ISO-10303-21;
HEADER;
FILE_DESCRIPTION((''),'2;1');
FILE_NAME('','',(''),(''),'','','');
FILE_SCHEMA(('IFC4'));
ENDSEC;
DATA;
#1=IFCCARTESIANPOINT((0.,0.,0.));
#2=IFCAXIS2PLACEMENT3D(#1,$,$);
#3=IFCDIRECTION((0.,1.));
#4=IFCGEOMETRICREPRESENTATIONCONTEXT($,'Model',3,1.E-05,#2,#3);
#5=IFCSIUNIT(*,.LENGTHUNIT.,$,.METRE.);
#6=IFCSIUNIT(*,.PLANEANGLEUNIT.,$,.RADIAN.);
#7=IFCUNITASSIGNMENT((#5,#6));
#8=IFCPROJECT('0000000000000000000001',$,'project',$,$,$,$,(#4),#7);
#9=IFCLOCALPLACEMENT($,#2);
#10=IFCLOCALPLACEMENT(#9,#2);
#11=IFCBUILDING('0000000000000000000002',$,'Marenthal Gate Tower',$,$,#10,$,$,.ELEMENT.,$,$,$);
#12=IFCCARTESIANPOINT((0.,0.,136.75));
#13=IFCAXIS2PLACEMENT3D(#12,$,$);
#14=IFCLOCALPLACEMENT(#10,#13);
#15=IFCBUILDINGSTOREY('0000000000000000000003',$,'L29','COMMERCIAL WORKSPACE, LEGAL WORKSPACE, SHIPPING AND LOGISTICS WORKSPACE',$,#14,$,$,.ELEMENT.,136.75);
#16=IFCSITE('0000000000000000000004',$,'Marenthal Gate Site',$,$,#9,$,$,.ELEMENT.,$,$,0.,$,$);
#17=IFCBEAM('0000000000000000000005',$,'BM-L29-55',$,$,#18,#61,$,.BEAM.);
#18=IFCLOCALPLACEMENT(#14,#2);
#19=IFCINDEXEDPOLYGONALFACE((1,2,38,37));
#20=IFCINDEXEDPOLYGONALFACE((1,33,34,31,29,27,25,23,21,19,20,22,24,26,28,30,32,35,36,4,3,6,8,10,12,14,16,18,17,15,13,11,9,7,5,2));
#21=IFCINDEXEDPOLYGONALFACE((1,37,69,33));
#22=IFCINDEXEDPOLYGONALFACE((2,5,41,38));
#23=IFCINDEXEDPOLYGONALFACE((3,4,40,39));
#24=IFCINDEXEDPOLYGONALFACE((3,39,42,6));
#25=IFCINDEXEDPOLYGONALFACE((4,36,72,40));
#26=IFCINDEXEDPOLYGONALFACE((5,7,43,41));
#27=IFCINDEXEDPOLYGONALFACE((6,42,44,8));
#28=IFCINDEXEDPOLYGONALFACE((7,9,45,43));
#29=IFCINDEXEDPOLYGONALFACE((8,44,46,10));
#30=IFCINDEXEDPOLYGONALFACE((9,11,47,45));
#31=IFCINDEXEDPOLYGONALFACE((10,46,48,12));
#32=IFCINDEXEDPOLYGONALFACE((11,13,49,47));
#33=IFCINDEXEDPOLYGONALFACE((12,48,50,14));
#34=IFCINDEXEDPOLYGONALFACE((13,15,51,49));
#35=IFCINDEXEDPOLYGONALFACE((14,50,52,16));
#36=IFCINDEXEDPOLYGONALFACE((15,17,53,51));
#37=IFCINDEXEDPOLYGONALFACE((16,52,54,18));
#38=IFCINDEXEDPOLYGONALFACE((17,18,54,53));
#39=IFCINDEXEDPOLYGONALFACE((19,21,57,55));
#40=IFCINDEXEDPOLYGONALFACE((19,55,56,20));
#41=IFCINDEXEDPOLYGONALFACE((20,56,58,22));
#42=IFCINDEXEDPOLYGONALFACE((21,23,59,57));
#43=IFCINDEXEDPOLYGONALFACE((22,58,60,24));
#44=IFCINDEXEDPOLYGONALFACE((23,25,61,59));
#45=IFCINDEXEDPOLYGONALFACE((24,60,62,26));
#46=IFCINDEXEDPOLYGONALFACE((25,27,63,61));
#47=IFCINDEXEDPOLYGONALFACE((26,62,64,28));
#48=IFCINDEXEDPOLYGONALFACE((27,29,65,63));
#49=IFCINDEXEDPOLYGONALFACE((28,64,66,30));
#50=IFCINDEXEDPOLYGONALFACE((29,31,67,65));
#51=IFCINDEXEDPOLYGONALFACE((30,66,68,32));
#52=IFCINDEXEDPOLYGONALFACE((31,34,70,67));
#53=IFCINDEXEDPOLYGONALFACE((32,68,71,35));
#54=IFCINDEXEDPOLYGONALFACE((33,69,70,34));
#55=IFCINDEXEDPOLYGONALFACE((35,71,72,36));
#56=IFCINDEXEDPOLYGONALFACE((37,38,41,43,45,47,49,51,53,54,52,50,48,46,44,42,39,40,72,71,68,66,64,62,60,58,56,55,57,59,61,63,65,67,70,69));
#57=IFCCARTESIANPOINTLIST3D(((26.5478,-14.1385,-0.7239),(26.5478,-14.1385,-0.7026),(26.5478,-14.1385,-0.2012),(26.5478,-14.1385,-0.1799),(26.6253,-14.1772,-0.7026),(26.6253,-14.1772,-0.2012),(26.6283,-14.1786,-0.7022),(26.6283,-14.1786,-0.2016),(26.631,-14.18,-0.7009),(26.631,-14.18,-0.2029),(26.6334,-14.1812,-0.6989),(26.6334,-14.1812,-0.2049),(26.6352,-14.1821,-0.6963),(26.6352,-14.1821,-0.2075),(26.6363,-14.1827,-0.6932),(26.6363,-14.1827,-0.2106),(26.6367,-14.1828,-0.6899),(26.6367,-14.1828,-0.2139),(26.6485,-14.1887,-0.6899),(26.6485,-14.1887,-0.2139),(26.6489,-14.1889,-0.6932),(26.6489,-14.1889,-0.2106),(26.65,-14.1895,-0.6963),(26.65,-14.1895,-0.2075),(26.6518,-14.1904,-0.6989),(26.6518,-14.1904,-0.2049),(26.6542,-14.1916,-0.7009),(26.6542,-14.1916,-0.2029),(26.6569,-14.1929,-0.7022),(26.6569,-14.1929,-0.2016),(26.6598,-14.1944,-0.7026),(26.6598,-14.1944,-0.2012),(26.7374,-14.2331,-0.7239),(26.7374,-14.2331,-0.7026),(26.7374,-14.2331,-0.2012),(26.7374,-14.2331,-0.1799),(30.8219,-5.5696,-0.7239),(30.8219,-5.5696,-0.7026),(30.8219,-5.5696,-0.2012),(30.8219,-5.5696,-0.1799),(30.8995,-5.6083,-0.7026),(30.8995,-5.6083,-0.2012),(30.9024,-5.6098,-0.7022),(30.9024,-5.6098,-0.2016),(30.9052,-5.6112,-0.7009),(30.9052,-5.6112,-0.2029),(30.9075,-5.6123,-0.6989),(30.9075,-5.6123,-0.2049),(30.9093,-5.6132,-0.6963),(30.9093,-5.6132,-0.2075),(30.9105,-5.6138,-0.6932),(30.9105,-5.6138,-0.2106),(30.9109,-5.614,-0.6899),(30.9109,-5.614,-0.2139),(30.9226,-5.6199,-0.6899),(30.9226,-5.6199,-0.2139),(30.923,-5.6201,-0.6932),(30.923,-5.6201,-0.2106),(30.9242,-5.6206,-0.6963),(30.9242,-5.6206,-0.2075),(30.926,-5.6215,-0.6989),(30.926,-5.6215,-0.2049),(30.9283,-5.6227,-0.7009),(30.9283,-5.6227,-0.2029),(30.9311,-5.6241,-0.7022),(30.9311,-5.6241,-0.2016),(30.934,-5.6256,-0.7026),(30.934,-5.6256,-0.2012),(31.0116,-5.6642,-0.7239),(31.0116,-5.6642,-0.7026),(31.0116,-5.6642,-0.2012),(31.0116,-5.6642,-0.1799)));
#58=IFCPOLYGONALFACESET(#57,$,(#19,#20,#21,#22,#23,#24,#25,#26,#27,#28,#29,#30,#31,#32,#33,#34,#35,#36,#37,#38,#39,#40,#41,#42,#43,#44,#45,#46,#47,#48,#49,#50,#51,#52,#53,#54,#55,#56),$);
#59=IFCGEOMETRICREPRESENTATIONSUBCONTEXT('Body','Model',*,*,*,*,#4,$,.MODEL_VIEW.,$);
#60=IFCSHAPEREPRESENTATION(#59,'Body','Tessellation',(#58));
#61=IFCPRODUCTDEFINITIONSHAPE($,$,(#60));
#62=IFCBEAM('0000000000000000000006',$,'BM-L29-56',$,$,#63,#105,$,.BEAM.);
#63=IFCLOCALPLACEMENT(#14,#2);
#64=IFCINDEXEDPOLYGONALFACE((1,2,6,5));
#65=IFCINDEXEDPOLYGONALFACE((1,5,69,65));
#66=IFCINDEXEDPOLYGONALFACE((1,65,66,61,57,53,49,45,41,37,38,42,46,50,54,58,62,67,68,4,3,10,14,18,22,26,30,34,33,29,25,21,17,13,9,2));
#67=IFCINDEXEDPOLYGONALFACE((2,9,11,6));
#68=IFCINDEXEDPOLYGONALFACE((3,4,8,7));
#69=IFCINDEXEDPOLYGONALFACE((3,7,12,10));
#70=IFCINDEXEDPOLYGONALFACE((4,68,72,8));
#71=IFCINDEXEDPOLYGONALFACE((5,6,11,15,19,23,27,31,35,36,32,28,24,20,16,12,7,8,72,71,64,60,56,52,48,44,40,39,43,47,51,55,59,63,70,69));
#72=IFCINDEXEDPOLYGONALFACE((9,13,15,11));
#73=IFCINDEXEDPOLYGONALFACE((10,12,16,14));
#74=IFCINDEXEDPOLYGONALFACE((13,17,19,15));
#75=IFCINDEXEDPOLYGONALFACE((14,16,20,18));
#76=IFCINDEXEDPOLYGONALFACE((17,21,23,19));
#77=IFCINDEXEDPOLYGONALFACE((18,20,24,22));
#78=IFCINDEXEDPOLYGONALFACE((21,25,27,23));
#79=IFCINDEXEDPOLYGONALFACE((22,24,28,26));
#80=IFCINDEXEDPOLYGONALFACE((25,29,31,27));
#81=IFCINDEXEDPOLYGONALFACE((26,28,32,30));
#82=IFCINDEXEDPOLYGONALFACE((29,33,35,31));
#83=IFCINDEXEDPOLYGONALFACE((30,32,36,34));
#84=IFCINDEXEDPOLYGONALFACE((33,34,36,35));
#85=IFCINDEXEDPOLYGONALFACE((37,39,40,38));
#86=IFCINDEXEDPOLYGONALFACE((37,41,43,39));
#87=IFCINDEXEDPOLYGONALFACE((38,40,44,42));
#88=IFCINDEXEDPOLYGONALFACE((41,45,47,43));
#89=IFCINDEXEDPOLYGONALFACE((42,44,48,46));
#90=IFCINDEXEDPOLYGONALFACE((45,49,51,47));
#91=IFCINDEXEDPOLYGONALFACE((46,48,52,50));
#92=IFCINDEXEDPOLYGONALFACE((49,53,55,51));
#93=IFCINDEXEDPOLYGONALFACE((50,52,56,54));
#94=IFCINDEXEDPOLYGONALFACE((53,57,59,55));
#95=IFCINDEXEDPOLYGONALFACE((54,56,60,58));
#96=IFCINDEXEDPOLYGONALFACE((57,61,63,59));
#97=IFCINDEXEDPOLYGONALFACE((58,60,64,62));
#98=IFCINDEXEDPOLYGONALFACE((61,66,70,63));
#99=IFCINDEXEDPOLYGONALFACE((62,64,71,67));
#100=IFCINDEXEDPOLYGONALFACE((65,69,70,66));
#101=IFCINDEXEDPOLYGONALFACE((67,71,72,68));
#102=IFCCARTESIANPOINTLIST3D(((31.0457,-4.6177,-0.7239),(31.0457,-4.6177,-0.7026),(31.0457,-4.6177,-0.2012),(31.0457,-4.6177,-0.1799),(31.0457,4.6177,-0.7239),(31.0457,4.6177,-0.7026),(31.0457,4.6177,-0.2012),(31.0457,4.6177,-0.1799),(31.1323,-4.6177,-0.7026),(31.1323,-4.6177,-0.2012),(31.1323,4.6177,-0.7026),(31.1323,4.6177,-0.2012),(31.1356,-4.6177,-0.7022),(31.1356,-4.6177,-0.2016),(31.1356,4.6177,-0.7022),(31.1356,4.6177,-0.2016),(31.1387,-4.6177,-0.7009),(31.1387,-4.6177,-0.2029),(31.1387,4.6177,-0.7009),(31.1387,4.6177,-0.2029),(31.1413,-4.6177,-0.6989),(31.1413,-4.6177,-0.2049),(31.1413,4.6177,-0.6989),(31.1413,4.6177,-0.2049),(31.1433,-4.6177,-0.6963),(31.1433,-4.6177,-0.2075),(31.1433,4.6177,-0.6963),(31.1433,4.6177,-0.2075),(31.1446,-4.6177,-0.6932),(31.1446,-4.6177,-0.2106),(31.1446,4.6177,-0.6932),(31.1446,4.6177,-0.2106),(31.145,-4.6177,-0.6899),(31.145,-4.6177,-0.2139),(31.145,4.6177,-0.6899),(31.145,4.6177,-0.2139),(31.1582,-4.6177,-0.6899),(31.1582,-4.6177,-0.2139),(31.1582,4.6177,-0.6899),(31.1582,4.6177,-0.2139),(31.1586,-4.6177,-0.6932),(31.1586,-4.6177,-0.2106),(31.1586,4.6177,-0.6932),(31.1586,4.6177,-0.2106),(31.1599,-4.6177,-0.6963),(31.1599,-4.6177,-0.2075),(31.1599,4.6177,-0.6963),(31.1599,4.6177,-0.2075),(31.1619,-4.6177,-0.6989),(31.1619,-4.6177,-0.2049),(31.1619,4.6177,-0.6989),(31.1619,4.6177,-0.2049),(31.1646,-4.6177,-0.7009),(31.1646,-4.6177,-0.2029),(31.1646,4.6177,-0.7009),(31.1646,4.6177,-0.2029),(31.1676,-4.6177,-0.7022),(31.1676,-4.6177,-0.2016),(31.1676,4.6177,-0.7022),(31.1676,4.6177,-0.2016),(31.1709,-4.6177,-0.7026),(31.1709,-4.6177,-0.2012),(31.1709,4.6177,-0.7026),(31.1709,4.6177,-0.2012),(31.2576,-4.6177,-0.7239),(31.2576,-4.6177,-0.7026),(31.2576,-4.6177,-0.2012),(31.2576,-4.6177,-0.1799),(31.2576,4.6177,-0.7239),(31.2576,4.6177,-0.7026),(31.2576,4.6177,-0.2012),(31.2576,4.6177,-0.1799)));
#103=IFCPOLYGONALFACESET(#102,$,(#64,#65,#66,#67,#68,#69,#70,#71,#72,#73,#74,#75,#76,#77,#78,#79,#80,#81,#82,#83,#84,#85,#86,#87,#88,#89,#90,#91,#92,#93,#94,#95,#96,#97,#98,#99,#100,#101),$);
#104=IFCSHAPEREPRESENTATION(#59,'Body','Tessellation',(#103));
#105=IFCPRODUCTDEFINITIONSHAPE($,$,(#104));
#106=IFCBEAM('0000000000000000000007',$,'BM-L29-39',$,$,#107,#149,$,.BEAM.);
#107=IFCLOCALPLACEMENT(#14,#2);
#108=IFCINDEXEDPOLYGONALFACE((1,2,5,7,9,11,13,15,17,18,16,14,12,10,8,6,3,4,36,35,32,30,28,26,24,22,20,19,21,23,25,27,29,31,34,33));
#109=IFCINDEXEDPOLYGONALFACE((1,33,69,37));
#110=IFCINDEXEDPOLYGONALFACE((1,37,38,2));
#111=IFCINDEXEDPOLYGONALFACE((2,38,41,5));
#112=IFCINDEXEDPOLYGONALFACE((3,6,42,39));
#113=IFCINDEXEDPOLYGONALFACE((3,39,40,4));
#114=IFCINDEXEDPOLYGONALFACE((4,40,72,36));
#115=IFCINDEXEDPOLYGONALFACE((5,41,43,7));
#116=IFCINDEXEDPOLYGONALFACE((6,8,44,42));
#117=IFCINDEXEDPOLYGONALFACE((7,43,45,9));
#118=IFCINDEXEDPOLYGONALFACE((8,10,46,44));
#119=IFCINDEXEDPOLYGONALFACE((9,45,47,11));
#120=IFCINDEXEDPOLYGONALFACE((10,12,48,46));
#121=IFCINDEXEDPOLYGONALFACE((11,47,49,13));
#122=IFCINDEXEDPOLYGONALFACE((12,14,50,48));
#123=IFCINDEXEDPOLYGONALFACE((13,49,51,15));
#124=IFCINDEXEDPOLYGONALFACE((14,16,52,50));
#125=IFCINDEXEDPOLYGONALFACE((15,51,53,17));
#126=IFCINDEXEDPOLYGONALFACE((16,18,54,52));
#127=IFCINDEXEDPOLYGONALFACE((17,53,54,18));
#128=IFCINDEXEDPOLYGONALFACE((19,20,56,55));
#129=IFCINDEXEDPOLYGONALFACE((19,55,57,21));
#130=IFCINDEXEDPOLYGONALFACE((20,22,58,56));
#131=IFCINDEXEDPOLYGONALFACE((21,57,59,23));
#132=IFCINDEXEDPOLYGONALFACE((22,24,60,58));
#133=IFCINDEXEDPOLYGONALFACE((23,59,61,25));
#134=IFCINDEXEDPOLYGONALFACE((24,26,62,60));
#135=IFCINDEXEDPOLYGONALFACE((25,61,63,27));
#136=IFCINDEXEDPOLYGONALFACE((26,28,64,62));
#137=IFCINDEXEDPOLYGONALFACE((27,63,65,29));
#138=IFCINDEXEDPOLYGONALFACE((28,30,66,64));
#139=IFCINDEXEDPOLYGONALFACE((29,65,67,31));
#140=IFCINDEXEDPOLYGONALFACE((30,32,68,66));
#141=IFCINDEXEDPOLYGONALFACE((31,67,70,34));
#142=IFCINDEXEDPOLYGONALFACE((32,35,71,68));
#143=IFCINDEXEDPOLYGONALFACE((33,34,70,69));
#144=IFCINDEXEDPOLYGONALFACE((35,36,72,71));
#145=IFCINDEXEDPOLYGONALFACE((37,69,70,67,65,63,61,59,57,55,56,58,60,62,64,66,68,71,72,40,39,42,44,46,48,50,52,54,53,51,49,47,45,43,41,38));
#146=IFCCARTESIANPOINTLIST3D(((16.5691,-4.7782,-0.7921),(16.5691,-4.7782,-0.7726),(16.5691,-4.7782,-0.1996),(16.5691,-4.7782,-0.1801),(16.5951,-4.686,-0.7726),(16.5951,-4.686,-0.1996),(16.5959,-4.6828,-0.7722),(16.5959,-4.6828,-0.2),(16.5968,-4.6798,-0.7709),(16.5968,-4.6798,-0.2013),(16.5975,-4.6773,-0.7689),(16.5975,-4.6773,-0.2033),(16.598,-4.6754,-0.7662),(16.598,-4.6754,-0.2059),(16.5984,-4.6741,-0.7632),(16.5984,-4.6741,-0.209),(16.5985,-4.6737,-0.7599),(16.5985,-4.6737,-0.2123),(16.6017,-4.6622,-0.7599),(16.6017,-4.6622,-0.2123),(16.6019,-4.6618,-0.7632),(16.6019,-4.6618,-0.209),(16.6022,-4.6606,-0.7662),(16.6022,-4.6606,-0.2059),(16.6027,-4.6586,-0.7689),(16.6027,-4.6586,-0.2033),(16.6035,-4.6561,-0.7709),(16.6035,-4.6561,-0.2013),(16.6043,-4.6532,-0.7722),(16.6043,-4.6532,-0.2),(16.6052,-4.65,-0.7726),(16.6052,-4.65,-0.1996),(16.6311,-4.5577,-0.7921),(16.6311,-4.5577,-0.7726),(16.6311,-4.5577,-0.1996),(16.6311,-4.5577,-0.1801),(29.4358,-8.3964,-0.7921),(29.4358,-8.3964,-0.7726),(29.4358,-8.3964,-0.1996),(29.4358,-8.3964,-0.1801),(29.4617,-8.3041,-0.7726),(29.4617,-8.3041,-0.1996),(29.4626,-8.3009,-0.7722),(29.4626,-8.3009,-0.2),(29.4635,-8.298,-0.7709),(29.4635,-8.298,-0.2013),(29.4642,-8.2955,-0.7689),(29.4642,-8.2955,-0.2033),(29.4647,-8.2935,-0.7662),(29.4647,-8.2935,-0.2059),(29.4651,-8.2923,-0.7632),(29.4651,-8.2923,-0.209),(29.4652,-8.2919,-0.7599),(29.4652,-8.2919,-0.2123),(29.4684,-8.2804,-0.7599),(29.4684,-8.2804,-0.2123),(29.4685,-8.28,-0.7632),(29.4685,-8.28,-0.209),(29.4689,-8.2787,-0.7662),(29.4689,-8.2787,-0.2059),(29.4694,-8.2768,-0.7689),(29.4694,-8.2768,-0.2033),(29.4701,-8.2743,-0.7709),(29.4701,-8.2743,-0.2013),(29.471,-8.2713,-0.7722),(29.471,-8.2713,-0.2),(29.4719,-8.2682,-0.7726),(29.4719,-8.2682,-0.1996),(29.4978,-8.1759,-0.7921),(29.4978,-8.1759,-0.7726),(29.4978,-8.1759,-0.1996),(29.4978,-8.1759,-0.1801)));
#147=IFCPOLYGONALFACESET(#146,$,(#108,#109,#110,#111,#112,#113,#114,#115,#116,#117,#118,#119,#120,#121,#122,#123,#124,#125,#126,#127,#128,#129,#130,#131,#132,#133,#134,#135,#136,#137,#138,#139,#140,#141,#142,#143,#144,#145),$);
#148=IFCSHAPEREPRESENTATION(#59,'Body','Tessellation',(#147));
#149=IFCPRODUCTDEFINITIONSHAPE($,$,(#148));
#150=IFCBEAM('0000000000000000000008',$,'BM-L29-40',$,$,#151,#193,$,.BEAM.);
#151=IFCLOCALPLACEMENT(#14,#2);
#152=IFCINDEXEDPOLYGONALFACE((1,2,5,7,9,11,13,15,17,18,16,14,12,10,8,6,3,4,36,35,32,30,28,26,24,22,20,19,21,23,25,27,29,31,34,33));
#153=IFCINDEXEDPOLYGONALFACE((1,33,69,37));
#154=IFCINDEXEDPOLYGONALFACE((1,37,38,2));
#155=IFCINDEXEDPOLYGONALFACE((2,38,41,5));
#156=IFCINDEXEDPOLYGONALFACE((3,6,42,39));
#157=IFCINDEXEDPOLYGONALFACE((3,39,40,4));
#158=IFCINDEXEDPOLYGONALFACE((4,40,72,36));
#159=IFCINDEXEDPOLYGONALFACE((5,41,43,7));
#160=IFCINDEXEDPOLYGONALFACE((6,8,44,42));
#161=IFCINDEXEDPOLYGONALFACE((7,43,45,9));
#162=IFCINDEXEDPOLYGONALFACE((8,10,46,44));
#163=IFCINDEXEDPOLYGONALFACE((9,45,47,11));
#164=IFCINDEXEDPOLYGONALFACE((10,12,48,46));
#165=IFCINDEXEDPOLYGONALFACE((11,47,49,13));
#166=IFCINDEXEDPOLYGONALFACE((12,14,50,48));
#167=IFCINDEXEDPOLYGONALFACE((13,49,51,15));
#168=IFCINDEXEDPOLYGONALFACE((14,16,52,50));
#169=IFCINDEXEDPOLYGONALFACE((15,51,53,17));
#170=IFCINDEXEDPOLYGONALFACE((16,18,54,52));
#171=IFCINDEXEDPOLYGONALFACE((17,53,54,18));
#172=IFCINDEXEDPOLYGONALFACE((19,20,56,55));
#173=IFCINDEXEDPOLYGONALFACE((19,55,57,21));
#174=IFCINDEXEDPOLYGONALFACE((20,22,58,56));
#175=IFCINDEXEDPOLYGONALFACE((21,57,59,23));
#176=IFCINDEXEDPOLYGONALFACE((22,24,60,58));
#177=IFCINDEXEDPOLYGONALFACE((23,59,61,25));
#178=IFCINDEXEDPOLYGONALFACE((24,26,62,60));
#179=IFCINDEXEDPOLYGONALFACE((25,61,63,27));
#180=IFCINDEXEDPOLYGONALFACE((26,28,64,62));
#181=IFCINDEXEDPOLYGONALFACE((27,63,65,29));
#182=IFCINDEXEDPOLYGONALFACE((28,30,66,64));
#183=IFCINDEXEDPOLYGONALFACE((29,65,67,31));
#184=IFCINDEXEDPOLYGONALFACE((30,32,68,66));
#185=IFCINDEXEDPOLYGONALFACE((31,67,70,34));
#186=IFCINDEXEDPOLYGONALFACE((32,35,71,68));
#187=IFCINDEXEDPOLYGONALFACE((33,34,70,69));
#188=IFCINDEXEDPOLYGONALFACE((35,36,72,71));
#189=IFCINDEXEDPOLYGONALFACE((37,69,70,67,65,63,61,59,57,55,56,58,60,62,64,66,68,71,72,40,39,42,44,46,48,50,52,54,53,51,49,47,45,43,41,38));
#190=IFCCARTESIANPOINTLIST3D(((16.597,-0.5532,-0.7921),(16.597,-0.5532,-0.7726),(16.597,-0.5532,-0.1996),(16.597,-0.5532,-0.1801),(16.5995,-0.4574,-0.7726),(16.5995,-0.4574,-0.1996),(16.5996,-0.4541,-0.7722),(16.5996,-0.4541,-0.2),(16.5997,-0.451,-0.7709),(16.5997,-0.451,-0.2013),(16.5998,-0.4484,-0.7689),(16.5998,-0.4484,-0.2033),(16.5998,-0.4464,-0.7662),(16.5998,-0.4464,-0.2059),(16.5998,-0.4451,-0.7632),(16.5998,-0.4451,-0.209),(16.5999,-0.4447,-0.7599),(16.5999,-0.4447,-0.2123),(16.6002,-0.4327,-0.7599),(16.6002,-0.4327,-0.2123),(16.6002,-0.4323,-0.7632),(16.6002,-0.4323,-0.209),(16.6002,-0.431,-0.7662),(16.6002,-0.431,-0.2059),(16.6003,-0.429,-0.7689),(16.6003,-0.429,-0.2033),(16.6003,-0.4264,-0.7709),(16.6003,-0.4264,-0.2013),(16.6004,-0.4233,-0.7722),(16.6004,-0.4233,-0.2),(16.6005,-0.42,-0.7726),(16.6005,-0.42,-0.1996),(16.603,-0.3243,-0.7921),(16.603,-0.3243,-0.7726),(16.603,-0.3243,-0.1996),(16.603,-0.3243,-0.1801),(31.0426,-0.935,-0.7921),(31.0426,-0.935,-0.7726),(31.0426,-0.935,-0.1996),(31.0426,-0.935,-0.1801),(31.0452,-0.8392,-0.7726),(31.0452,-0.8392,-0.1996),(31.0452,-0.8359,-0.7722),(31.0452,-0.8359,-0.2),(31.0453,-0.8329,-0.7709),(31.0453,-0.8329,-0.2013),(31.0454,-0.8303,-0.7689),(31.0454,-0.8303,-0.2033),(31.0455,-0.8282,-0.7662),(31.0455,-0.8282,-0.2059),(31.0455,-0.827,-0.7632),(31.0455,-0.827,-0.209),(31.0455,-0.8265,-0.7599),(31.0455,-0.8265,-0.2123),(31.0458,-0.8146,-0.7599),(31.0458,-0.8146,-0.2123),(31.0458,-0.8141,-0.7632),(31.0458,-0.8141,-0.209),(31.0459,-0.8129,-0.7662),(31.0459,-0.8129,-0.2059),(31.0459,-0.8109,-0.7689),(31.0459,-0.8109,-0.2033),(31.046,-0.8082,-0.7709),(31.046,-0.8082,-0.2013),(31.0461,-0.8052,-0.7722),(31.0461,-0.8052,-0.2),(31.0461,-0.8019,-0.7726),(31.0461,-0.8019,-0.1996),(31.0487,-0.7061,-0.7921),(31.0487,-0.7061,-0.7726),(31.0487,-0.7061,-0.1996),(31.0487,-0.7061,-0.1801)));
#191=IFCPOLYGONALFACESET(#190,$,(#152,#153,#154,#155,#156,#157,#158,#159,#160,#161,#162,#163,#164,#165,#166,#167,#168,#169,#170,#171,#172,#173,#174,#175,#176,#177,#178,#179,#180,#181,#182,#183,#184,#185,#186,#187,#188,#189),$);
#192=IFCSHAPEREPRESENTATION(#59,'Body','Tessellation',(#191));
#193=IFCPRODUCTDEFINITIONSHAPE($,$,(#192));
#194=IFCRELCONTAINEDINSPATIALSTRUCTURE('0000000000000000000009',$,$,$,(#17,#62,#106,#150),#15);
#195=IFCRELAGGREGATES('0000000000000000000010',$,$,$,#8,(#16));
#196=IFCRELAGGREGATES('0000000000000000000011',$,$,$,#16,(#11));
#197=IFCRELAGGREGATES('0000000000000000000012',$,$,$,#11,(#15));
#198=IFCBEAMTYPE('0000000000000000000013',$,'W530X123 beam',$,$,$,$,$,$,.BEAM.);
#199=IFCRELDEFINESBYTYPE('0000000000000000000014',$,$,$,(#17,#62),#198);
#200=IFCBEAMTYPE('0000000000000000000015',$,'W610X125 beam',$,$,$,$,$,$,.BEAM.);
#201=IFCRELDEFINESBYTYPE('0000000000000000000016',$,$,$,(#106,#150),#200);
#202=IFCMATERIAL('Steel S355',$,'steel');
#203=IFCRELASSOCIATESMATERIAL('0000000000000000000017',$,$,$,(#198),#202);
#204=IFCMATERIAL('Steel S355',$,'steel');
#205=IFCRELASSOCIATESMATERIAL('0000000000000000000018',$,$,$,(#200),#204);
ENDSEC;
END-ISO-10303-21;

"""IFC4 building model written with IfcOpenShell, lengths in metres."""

from ifc_helpers import new_model, si_unit, direction, frame, origin, origin_2d, place, context, subcontext, project, spatial, i_section, extrude, material, material_profile, profile_set, type_object, element, save


model = new_model("IFC4")

# Units and contexts
model_context = context("Model", 3, precision=1e-05, world=origin(), true_north=direction((0.0, 1.0)))
body_context = subcontext(model_context, "Body", "Model", "MODEL_VIEW")
ifc_project = project(units=[si_unit("LENGTHUNIT", "METRE"), si_unit("PLANEANGLEUNIT", "RADIAN")], contexts=[model_context])

# Site, building, storey
site_placement = place(None, origin())
site = spatial("IfcSite", under=ifc_project, at=site_placement, Name="Marenthal Gate Site", CompositionType="ELEMENT", RefElevation=0.0)
building_placement = place(site_placement, origin())
building = spatial("IfcBuilding", under=site, at=building_placement, Name="Marenthal Gate Tower", CompositionType="ELEMENT")
storey_placement = place(building_placement, frame((0.0, 0.0, 136.75)))
storey = spatial("IfcBuildingStorey", under=building, at=storey_placement, Name="L29", Description="COMMERCIAL WORKSPACE, LEGAL WORKSPACE, SHIPPING AND LOGISTICS WORKSPACE", CompositionType="ELEMENT", Elevation=136.75)

# Beams
ifc_material_1 = material(Name="Steel S355", Category="steel")
ifc_material_profile_1 = material_profile(ifc_material_1, i_section(OverallWidth=0.2119, OverallDepth=0.5439, WebThickness=0.0132, FlangeThickness=0.0212, FilletRadius=0.0127, at=origin_2d()), Name="W530X123")
ifc_profile_set_1 = profile_set([ifc_material_profile_1], Name="Steel S355")
beam_type_1 = type_object("IfcBeamType", Name="W530X123 beam", PredefinedType="BEAM", material=ifc_profile_set_1)
beam_1_placement = place(storey_placement, frame((26.6426, -14.1858, -0.4519), z_axis=(0.446357, 0.894855, 0.0), x_axis=(-0.894855, 0.446357, 0.0)))
element("IfcBeam", 1, at=beam_1_placement, inside=storey, type_object=beam_type_1, Name="BM-L29-55", PredefinedType="BEAM", context=body_context, shape_type="SweptSolid", body=[
    extrude(i_section(OverallWidth=0.2119, OverallDepth=0.5439, WebThickness=0.0132, FlangeThickness=0.0212, FilletRadius=0.0127, at=origin_2d()), origin(), (0.0, 0.0, 1.0), 9.5757),
])
beam_2_placement = place(storey_placement, frame((31.1516, -4.6177, -0.4519), z_axis=(0.0, 1.0, 0.0), x_axis=(-1.0, 0.0, 0.0)))
element("IfcBeam", 2, at=beam_2_placement, inside=storey, type_object=beam_type_1, Name="BM-L29-56", PredefinedType="BEAM", context=body_context, shape_type="SweptSolid", body=[
    extrude(i_section(OverallWidth=0.2119, OverallDepth=0.5439, WebThickness=0.0132, FlangeThickness=0.0212, FilletRadius=0.0127, at=origin_2d()), origin(), (0.0, 0.0, 1.0), 9.2354),
])
ifc_material_2 = material(Name="Steel S355", Category="steel")
ifc_material_profile_2 = material_profile(ifc_material_2, i_section(OverallWidth=0.229, OverallDepth=0.6121, WebThickness=0.012, FlangeThickness=0.0195, FilletRadius=0.0127, at=origin_2d()), Name="W610X125")
ifc_profile_set_2 = profile_set([ifc_material_profile_2], Name="Steel S355")
beam_type_2 = type_object("IfcBeamType", Name="W610X125 beam", PredefinedType="BEAM", material=ifc_profile_set_2)
beam_3_placement = place(storey_placement, frame((29.4668, -8.2861, -0.4861), z_axis=(-0.962663, 0.270704, 0.0), x_axis=(-0.270704, -0.962663, 0.0)))
element("IfcBeam", 3, at=beam_3_placement, inside=storey, type_object=beam_type_2, Name="BM-L29-39", PredefinedType="BEAM", context=body_context, shape_type="SweptSolid", body=[
    extrude(i_section(OverallWidth=0.229, OverallDepth=0.6121, WebThickness=0.012, FlangeThickness=0.0195, FilletRadius=0.0127, at=origin_2d()), origin(), (0.0, 0.0, 1.0), 13.3657),
])
beam_4_placement = place(storey_placement, frame((31.0457, -0.8206, -0.4861), z_axis=(-0.999651, 0.026424, 0.0), x_axis=(-0.026424, -0.999651, 0.0)))
element("IfcBeam", 4, at=beam_4_placement, inside=storey, type_object=beam_type_2, Name="BM-L29-40", PredefinedType="BEAM", context=body_context, shape_type="SweptSolid", body=[
    extrude(i_section(OverallWidth=0.229, OverallDepth=0.6121, WebThickness=0.012, FlangeThickness=0.0195, FilletRadius=0.0127, at=origin_2d()), origin(), (0.0, 0.0, 1.0), 14.4507),
])

save(model, "model.ifc")
